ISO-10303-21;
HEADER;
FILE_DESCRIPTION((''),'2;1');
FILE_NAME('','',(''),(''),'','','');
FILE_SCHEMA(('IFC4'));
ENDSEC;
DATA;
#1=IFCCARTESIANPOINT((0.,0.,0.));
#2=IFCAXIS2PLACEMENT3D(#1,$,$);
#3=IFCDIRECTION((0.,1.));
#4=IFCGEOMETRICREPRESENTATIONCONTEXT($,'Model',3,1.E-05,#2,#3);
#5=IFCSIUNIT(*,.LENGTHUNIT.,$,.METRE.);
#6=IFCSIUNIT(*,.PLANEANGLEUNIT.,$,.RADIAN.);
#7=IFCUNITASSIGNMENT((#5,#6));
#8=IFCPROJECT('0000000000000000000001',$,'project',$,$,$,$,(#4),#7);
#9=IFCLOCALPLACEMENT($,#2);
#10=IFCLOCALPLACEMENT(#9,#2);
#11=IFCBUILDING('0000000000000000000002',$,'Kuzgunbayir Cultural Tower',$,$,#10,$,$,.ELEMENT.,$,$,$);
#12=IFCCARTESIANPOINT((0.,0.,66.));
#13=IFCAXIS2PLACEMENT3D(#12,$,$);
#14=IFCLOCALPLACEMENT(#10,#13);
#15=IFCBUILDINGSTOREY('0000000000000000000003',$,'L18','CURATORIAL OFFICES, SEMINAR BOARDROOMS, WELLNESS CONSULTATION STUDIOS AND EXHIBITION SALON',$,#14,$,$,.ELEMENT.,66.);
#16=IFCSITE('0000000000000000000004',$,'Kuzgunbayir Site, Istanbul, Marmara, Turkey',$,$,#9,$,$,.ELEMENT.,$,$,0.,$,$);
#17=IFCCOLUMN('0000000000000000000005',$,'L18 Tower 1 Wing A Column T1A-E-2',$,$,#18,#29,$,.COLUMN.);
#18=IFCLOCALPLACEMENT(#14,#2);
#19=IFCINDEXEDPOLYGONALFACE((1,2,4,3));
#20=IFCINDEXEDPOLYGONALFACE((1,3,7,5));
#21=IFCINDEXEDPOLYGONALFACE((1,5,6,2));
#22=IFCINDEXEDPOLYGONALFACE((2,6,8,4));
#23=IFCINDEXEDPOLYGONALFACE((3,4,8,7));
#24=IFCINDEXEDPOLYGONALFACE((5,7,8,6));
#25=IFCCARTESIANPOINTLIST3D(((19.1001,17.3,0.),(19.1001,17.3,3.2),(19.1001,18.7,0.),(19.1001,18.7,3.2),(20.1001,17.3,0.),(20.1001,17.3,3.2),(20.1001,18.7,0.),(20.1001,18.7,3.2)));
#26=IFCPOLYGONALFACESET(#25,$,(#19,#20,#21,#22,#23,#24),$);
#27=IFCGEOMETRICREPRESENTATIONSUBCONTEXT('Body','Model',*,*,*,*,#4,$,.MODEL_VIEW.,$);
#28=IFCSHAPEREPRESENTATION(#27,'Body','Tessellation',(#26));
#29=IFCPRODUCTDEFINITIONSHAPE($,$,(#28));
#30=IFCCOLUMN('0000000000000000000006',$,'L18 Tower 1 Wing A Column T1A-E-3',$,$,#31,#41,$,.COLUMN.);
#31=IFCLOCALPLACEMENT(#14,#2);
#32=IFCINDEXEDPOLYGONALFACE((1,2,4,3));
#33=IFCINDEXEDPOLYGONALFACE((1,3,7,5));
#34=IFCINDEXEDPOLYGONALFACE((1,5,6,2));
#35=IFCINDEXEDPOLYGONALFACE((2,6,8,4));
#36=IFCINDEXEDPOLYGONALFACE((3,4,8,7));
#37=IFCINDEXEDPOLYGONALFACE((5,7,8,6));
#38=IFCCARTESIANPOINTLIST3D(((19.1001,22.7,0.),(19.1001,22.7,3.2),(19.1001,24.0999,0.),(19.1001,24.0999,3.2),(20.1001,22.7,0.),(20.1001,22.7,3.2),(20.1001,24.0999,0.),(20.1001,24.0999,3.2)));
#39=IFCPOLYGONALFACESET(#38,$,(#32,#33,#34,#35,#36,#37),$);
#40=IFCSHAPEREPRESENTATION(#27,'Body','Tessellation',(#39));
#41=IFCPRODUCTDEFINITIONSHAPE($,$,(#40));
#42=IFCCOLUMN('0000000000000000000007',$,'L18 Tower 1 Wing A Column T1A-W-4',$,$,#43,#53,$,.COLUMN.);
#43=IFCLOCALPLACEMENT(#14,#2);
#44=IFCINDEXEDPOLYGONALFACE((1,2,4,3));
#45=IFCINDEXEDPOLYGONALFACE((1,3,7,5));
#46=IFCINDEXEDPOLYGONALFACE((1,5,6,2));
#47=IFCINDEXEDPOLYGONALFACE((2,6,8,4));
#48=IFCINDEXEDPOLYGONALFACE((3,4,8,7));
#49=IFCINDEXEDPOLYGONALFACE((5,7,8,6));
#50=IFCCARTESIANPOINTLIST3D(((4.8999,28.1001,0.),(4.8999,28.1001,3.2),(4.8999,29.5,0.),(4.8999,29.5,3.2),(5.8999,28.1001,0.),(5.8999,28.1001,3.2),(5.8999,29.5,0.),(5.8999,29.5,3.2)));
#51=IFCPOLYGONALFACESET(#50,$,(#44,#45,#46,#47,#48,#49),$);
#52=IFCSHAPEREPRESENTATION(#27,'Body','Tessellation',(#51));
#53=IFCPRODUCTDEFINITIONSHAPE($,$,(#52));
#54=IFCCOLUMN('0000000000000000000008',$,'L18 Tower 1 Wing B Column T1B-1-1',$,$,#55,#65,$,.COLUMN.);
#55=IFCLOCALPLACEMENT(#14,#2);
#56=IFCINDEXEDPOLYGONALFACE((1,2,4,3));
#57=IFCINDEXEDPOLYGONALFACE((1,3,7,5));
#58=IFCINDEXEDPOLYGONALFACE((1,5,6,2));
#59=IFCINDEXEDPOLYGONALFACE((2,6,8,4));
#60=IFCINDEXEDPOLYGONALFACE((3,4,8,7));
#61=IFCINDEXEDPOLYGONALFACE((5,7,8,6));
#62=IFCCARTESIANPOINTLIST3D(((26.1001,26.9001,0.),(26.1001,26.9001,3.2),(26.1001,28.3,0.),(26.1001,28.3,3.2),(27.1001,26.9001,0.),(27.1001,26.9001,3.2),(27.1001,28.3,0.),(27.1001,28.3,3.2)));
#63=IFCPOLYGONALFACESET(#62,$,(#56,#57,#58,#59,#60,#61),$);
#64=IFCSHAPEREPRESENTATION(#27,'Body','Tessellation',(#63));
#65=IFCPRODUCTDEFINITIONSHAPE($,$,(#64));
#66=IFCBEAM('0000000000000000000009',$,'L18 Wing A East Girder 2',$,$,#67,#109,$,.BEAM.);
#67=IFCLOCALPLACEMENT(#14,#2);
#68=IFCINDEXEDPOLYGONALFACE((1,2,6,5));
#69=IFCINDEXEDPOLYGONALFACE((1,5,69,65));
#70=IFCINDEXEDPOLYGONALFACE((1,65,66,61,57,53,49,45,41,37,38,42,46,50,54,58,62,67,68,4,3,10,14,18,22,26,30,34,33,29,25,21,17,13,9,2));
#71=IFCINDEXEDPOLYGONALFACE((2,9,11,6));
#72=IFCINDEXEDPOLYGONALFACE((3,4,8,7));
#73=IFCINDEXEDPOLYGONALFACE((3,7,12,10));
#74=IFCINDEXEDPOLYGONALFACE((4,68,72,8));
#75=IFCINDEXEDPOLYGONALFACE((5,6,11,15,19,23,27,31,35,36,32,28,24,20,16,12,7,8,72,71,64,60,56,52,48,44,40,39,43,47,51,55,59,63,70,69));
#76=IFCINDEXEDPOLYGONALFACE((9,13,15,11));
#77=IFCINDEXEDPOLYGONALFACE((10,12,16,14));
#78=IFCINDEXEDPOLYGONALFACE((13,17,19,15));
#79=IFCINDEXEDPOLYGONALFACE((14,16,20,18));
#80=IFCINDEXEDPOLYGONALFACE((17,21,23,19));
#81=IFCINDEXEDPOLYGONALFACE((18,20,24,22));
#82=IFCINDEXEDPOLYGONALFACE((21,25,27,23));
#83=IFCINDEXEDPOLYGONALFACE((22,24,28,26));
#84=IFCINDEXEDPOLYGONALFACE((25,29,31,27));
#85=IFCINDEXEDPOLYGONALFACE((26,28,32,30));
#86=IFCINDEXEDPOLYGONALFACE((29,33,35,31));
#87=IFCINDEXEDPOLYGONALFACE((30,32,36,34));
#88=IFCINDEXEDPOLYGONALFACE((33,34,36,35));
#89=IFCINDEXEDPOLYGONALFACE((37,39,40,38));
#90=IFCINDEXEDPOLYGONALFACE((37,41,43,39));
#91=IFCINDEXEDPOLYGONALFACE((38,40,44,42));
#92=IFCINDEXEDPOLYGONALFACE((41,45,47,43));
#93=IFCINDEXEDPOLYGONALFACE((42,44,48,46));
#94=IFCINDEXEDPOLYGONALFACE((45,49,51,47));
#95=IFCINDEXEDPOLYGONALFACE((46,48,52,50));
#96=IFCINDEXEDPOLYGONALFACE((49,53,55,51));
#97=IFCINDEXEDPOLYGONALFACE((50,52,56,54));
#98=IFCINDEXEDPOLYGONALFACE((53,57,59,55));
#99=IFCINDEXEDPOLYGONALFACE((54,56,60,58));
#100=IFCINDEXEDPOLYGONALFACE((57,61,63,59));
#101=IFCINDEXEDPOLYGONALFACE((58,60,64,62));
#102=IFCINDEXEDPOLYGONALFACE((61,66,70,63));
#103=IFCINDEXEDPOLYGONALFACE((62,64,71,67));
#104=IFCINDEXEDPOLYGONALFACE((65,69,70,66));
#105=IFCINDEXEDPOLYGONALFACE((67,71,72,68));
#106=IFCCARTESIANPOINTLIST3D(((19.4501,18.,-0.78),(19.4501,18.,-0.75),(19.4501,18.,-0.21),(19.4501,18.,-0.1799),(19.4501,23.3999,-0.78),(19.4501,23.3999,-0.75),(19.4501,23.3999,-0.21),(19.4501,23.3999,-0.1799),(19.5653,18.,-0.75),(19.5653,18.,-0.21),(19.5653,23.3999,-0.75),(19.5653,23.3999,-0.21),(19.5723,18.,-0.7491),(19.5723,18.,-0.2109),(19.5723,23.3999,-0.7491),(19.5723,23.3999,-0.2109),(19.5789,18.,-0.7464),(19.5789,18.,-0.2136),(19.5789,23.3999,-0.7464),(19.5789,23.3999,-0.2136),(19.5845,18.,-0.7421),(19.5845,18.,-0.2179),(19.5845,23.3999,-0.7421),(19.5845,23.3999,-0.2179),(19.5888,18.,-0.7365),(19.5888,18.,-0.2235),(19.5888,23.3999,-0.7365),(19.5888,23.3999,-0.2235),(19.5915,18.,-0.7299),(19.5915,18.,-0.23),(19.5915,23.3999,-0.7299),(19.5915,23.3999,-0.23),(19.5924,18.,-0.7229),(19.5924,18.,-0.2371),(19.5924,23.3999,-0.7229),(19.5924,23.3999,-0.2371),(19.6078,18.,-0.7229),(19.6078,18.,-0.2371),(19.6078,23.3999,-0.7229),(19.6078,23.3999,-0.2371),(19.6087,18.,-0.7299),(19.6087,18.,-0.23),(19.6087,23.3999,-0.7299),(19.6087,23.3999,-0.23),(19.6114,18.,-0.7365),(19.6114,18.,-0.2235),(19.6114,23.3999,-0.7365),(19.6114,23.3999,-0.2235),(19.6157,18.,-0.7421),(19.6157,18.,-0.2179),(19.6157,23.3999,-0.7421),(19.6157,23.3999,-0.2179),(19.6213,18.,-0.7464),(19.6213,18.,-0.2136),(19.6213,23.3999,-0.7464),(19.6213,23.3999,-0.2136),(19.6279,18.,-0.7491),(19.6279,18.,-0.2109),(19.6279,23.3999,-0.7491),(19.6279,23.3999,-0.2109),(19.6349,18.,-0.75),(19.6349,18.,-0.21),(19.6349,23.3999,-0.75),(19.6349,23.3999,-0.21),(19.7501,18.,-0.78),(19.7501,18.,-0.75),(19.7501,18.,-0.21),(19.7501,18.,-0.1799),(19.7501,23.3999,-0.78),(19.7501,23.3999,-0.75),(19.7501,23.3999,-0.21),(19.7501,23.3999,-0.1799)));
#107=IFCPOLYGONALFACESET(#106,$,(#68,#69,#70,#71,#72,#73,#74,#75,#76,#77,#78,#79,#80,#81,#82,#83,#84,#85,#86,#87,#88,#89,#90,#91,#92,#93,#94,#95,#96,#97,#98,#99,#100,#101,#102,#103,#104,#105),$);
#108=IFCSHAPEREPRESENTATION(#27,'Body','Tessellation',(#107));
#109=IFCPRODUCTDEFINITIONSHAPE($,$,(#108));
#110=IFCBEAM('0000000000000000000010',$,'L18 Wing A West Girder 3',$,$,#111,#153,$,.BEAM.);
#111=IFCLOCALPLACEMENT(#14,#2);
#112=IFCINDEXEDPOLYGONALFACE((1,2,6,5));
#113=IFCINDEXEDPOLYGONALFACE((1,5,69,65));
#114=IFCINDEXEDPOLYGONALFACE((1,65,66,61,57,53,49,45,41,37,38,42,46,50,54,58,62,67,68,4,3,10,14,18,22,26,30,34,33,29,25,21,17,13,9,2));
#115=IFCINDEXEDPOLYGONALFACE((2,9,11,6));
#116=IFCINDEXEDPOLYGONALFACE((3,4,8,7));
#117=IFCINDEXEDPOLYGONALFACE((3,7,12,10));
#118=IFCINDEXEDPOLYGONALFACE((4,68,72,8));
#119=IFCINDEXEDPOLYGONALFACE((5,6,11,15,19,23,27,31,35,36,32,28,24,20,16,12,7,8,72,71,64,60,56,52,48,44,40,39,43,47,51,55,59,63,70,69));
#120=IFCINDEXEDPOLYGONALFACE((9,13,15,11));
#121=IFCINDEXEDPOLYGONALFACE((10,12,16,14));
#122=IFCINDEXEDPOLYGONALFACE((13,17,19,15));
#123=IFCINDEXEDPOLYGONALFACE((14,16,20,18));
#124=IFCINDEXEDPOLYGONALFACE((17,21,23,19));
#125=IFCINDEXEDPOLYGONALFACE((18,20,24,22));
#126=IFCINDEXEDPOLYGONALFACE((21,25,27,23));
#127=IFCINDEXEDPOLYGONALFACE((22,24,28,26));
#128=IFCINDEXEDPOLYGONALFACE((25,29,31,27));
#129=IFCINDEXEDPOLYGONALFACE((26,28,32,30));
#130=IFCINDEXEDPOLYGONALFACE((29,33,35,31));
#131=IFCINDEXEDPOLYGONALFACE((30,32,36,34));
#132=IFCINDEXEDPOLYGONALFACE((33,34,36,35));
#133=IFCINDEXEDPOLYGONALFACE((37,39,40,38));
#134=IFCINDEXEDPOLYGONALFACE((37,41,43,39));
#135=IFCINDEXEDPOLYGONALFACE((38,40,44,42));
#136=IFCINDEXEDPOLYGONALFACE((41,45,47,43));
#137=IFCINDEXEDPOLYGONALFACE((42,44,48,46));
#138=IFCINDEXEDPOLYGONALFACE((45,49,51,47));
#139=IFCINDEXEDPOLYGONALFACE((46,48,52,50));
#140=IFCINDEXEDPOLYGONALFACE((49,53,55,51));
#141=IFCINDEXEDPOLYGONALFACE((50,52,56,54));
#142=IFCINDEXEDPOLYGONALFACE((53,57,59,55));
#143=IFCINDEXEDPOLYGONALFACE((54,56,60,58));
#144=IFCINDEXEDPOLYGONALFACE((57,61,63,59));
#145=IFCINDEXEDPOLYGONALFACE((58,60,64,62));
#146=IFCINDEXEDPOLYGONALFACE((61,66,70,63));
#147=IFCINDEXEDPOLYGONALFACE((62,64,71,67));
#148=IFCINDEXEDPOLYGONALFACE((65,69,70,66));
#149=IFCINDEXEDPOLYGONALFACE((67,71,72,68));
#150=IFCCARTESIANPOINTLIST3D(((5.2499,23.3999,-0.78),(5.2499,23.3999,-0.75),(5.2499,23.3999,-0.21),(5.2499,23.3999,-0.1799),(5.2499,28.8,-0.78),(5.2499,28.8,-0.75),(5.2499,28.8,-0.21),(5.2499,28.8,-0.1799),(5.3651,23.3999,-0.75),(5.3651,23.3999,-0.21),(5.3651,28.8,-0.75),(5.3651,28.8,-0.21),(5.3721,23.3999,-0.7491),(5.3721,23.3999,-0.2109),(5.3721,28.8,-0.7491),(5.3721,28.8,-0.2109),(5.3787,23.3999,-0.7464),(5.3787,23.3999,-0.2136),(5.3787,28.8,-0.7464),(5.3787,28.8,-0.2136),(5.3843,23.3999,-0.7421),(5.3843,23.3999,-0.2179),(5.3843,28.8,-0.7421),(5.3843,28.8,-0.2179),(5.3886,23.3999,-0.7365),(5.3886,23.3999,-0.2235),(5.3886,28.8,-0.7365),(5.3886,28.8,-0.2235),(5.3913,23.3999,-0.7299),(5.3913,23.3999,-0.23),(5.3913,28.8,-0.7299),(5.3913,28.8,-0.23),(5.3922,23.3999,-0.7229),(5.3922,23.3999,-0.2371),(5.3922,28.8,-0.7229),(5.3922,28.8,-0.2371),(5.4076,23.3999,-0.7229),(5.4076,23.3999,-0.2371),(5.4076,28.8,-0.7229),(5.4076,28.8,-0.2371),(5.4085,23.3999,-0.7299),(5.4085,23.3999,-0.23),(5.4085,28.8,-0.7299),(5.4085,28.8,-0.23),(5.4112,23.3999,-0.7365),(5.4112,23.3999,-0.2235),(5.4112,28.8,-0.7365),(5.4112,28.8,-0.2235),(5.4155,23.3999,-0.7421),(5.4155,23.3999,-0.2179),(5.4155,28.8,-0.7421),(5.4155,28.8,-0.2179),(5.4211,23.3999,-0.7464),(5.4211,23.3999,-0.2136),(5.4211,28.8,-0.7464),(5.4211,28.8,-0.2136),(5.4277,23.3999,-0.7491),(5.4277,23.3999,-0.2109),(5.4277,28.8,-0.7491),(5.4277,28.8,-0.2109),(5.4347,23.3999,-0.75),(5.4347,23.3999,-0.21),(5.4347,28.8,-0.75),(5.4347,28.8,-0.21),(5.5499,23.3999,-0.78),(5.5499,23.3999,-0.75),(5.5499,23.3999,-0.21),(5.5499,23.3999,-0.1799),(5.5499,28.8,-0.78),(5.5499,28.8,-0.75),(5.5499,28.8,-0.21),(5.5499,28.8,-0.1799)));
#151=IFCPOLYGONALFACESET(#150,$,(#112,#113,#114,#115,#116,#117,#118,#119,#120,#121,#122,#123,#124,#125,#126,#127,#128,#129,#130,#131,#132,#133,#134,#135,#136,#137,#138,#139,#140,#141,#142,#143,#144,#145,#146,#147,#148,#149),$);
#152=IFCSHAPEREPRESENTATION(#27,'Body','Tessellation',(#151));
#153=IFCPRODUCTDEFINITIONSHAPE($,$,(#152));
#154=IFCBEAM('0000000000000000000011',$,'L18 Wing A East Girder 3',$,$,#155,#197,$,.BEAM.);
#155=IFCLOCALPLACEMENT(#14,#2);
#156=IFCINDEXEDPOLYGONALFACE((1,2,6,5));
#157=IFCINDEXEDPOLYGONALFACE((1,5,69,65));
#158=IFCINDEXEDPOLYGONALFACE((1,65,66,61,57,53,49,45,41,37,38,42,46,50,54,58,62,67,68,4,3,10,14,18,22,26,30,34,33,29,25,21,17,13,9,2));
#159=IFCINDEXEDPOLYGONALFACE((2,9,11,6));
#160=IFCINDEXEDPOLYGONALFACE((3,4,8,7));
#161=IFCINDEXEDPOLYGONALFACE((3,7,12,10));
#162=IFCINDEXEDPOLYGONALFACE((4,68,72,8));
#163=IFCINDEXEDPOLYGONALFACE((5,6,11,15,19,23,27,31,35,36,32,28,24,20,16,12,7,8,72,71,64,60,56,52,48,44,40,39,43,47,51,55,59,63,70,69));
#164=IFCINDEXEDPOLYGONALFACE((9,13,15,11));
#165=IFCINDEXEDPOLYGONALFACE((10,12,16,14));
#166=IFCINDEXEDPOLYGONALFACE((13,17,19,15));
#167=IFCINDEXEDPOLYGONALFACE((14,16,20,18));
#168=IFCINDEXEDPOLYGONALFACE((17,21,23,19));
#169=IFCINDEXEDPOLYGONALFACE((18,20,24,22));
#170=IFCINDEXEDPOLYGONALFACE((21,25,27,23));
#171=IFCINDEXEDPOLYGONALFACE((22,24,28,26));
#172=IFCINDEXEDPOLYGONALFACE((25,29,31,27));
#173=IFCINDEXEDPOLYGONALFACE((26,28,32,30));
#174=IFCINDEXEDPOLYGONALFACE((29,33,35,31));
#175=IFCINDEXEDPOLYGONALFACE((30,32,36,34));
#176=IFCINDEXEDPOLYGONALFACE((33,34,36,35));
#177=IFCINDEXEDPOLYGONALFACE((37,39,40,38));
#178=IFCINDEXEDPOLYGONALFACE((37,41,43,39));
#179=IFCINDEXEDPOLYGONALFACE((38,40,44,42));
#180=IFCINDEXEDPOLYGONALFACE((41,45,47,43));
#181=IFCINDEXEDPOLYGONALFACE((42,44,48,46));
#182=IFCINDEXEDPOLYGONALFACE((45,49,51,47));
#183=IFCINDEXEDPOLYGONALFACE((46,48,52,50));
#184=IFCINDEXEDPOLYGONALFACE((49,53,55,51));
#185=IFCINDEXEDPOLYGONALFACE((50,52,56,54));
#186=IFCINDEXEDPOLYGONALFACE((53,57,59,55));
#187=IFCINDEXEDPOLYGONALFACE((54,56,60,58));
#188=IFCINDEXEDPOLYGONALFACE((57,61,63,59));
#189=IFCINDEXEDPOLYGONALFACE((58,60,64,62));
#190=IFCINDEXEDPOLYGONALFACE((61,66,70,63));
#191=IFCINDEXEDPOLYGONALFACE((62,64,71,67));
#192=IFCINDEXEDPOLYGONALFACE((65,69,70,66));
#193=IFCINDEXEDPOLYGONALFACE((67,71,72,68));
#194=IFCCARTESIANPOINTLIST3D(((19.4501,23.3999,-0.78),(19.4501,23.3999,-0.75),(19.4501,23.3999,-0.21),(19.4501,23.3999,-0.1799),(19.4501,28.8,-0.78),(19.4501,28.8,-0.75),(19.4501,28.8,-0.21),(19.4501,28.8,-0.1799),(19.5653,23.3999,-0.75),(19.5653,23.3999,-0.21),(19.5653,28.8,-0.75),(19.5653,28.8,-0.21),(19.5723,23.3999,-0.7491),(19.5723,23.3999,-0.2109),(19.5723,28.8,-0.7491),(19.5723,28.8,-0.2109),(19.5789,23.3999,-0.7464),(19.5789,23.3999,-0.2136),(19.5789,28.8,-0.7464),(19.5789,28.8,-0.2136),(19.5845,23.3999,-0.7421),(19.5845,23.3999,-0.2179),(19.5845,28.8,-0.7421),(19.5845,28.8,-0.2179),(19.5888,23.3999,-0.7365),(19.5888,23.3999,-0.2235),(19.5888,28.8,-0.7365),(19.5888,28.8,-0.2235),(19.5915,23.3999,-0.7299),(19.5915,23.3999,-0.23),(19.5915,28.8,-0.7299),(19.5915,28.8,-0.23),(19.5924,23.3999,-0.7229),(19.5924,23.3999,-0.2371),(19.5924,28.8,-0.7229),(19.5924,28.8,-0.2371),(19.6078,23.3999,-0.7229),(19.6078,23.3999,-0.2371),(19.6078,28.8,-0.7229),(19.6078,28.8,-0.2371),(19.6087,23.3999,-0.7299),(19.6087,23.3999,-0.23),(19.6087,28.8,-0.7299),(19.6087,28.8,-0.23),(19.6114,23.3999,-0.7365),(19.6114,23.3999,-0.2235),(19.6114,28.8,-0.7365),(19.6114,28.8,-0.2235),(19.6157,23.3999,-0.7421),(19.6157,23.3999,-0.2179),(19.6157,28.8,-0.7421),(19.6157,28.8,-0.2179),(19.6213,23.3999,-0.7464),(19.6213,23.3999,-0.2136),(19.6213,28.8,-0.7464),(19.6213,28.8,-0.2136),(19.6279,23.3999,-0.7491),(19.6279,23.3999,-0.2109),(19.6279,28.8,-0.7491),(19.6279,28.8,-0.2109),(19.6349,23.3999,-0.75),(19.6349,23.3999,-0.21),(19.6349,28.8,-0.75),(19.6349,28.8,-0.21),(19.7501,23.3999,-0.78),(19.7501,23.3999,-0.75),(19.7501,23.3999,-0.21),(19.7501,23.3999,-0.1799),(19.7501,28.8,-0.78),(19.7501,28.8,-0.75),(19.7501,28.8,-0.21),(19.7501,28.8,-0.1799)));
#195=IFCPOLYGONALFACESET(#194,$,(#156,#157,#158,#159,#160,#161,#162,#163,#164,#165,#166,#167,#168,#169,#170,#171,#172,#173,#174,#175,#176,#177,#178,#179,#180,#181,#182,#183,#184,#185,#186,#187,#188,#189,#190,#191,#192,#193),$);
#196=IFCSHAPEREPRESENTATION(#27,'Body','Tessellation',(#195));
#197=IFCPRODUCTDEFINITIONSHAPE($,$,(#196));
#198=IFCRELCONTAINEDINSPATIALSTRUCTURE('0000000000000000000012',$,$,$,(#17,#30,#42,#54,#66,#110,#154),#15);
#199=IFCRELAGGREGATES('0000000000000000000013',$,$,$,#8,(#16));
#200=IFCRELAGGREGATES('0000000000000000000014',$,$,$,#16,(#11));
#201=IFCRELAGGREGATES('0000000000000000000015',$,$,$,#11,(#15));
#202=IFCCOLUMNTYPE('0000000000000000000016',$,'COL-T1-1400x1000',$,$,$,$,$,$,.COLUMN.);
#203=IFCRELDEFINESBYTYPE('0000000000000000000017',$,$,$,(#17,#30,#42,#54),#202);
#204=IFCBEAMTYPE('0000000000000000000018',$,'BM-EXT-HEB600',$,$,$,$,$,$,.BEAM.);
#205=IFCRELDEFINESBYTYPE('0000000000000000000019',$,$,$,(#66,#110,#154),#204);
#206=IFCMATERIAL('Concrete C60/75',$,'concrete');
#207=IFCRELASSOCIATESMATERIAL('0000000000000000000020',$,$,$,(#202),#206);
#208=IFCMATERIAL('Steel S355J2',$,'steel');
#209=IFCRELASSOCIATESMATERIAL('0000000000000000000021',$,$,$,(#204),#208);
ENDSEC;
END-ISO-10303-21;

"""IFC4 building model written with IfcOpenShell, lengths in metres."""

from ifc_helpers import new_model, si_unit, direction, frame, origin, origin_2d, place, context, subcontext, project, spatial, rectangle, i_section, extrude, material, material_profile, profile_set, type_object, element, save


model = new_model("IFC4")

# Units and contexts
model_context = context("Model", 3, precision=1e-05, world=origin(), true_north=direction((0.0, 1.0)))
body_context = subcontext(model_context, "Body", "Model", "MODEL_VIEW")
ifc_project = project(units=[si_unit("LENGTHUNIT", "METRE"), si_unit("PLANEANGLEUNIT", "RADIAN")], contexts=[model_context])

# Site, building, storey
site_placement = place(None, origin())
site = spatial("IfcSite", under=ifc_project, at=site_placement, Name="Kuzgunbayir Site, Istanbul, Marmara, Turkey", CompositionType="ELEMENT", RefElevation=0.0)
building_placement = place(site_placement, origin())
building = spatial("IfcBuilding", under=site, at=building_placement, Name="Kuzgunbayir Cultural Tower", CompositionType="ELEMENT")
storey_placement = place(building_placement, frame((0.0, 0.0, 66.0)))
storey = spatial("IfcBuildingStorey", under=building, at=storey_placement, Name="L18", Description="CURATORIAL OFFICES, SEMINAR BOARDROOMS, WELLNESS CONSULTATION STUDIOS AND EXHIBITION SALON", CompositionType="ELEMENT", Elevation=66.0)

# Columns
ifc_material_1 = material(Name="Concrete C60/75", Category="concrete")
ifc_material_profile_1 = material_profile(ifc_material_1, rectangle(XDim=1.0, YDim=1.3999, at=origin_2d()), Name="RC 1400x1000")
ifc_profile_set_1 = profile_set([ifc_material_profile_1], Name="Concrete C60/75")
column_type = type_object("IfcColumnType", Name="COL-T1-1400x1000", PredefinedType="COLUMN", material=ifc_profile_set_1)
for number, where, z_axis, x_axis, name in (
    (1, (19.6001, 18.0, 0.0), (0.0, 0.0, 1.0), (1.0, 0.0, 0.0), "L18 Tower 1 Wing A Column T1A-E-2"),
    (2, (19.6001, 23.3999, 0.0), (0.0, 0.0, 1.0), (1.0, 0.0, 0.0), "L18 Tower 1 Wing A Column T1A-E-3"),
    (3, (5.3999, 28.8, 0.0), (0.0, 0.0, 1.0), (1.0, 0.0, 0.0), "L18 Tower 1 Wing A Column T1A-W-4"),
    (4, (26.6001, 27.6001, 0.0), (0.0, 0.0, 1.0), (1.0, 0.0, 0.0), "L18 Tower 1 Wing B Column T1B-1-1"),
):
    element("IfcColumn", number, at=place(storey_placement, frame(where, z_axis=z_axis, x_axis=x_axis)), inside=storey, type_object=column_type, Name=name, PredefinedType="COLUMN", context=body_context, shape_type="SweptSolid", body=[
        extrude(rectangle(XDim=1.0, YDim=1.3999, at=origin_2d()), origin(), (0.0, 0.0, 1.0), 3.2),
    ])

# Beams
ifc_material_2 = material(Name="Steel S355J2", Category="steel")
ifc_material_profile_2 = material_profile(ifc_material_2, i_section(OverallWidth=0.3, OverallDepth=0.6001, WebThickness=0.0154, FlangeThickness=0.03, FilletRadius=0.0271, at=origin_2d()), Name="HEB 600")
ifc_profile_set_2 = profile_set([ifc_material_profile_2], Name="Steel S355J2")
beam_type_1 = type_object("IfcBeamType", Name="BM-EXT-HEB600", PredefinedType="BEAM", material=ifc_profile_set_2)
beam_1_placement = place(storey_placement, frame((19.6001, 18.0, -0.48), z_axis=(0.0, 1.0, 0.0), x_axis=(-1.0, 0.0, 0.0)))
element("IfcBeam", 5, at=beam_1_placement, inside=storey, type_object=beam_type_1, Name="L18 Wing A East Girder 2", PredefinedType="BEAM", context=body_context, shape_type="SweptSolid", body=[
    extrude(i_section(OverallWidth=0.3, OverallDepth=0.6001, WebThickness=0.0154, FlangeThickness=0.03, FilletRadius=0.0271, at=origin_2d()), origin(), (0.0, 0.0, 1.0), 5.3999),
])
for number, where, z_axis, x_axis, name in (
    (6, (5.3999, 23.3999, -0.48), (0.0, 1.0, 0.0), (-1.0, 0.0, 0.0), "L18 Wing A West Girder 3"),
    (7, (19.6001, 23.3999, -0.48), (0.0, 1.0, 0.0), (-1.0, 0.0, 0.0), "L18 Wing A East Girder 3"),
):
    element("IfcBeam", number, at=place(storey_placement, frame(where, z_axis=z_axis, x_axis=x_axis)), inside=storey, type_object=beam_type_1, Name=name, PredefinedType="BEAM", context=body_context, shape_type="SweptSolid", body=[
        extrude(i_section(OverallWidth=0.3, OverallDepth=0.6001, WebThickness=0.0154, FlangeThickness=0.03, FilletRadius=0.0271, at=origin_2d()), origin(), (0.0, 0.0, 1.0), 5.4001),
    ])

save(model, "model.ifc")
